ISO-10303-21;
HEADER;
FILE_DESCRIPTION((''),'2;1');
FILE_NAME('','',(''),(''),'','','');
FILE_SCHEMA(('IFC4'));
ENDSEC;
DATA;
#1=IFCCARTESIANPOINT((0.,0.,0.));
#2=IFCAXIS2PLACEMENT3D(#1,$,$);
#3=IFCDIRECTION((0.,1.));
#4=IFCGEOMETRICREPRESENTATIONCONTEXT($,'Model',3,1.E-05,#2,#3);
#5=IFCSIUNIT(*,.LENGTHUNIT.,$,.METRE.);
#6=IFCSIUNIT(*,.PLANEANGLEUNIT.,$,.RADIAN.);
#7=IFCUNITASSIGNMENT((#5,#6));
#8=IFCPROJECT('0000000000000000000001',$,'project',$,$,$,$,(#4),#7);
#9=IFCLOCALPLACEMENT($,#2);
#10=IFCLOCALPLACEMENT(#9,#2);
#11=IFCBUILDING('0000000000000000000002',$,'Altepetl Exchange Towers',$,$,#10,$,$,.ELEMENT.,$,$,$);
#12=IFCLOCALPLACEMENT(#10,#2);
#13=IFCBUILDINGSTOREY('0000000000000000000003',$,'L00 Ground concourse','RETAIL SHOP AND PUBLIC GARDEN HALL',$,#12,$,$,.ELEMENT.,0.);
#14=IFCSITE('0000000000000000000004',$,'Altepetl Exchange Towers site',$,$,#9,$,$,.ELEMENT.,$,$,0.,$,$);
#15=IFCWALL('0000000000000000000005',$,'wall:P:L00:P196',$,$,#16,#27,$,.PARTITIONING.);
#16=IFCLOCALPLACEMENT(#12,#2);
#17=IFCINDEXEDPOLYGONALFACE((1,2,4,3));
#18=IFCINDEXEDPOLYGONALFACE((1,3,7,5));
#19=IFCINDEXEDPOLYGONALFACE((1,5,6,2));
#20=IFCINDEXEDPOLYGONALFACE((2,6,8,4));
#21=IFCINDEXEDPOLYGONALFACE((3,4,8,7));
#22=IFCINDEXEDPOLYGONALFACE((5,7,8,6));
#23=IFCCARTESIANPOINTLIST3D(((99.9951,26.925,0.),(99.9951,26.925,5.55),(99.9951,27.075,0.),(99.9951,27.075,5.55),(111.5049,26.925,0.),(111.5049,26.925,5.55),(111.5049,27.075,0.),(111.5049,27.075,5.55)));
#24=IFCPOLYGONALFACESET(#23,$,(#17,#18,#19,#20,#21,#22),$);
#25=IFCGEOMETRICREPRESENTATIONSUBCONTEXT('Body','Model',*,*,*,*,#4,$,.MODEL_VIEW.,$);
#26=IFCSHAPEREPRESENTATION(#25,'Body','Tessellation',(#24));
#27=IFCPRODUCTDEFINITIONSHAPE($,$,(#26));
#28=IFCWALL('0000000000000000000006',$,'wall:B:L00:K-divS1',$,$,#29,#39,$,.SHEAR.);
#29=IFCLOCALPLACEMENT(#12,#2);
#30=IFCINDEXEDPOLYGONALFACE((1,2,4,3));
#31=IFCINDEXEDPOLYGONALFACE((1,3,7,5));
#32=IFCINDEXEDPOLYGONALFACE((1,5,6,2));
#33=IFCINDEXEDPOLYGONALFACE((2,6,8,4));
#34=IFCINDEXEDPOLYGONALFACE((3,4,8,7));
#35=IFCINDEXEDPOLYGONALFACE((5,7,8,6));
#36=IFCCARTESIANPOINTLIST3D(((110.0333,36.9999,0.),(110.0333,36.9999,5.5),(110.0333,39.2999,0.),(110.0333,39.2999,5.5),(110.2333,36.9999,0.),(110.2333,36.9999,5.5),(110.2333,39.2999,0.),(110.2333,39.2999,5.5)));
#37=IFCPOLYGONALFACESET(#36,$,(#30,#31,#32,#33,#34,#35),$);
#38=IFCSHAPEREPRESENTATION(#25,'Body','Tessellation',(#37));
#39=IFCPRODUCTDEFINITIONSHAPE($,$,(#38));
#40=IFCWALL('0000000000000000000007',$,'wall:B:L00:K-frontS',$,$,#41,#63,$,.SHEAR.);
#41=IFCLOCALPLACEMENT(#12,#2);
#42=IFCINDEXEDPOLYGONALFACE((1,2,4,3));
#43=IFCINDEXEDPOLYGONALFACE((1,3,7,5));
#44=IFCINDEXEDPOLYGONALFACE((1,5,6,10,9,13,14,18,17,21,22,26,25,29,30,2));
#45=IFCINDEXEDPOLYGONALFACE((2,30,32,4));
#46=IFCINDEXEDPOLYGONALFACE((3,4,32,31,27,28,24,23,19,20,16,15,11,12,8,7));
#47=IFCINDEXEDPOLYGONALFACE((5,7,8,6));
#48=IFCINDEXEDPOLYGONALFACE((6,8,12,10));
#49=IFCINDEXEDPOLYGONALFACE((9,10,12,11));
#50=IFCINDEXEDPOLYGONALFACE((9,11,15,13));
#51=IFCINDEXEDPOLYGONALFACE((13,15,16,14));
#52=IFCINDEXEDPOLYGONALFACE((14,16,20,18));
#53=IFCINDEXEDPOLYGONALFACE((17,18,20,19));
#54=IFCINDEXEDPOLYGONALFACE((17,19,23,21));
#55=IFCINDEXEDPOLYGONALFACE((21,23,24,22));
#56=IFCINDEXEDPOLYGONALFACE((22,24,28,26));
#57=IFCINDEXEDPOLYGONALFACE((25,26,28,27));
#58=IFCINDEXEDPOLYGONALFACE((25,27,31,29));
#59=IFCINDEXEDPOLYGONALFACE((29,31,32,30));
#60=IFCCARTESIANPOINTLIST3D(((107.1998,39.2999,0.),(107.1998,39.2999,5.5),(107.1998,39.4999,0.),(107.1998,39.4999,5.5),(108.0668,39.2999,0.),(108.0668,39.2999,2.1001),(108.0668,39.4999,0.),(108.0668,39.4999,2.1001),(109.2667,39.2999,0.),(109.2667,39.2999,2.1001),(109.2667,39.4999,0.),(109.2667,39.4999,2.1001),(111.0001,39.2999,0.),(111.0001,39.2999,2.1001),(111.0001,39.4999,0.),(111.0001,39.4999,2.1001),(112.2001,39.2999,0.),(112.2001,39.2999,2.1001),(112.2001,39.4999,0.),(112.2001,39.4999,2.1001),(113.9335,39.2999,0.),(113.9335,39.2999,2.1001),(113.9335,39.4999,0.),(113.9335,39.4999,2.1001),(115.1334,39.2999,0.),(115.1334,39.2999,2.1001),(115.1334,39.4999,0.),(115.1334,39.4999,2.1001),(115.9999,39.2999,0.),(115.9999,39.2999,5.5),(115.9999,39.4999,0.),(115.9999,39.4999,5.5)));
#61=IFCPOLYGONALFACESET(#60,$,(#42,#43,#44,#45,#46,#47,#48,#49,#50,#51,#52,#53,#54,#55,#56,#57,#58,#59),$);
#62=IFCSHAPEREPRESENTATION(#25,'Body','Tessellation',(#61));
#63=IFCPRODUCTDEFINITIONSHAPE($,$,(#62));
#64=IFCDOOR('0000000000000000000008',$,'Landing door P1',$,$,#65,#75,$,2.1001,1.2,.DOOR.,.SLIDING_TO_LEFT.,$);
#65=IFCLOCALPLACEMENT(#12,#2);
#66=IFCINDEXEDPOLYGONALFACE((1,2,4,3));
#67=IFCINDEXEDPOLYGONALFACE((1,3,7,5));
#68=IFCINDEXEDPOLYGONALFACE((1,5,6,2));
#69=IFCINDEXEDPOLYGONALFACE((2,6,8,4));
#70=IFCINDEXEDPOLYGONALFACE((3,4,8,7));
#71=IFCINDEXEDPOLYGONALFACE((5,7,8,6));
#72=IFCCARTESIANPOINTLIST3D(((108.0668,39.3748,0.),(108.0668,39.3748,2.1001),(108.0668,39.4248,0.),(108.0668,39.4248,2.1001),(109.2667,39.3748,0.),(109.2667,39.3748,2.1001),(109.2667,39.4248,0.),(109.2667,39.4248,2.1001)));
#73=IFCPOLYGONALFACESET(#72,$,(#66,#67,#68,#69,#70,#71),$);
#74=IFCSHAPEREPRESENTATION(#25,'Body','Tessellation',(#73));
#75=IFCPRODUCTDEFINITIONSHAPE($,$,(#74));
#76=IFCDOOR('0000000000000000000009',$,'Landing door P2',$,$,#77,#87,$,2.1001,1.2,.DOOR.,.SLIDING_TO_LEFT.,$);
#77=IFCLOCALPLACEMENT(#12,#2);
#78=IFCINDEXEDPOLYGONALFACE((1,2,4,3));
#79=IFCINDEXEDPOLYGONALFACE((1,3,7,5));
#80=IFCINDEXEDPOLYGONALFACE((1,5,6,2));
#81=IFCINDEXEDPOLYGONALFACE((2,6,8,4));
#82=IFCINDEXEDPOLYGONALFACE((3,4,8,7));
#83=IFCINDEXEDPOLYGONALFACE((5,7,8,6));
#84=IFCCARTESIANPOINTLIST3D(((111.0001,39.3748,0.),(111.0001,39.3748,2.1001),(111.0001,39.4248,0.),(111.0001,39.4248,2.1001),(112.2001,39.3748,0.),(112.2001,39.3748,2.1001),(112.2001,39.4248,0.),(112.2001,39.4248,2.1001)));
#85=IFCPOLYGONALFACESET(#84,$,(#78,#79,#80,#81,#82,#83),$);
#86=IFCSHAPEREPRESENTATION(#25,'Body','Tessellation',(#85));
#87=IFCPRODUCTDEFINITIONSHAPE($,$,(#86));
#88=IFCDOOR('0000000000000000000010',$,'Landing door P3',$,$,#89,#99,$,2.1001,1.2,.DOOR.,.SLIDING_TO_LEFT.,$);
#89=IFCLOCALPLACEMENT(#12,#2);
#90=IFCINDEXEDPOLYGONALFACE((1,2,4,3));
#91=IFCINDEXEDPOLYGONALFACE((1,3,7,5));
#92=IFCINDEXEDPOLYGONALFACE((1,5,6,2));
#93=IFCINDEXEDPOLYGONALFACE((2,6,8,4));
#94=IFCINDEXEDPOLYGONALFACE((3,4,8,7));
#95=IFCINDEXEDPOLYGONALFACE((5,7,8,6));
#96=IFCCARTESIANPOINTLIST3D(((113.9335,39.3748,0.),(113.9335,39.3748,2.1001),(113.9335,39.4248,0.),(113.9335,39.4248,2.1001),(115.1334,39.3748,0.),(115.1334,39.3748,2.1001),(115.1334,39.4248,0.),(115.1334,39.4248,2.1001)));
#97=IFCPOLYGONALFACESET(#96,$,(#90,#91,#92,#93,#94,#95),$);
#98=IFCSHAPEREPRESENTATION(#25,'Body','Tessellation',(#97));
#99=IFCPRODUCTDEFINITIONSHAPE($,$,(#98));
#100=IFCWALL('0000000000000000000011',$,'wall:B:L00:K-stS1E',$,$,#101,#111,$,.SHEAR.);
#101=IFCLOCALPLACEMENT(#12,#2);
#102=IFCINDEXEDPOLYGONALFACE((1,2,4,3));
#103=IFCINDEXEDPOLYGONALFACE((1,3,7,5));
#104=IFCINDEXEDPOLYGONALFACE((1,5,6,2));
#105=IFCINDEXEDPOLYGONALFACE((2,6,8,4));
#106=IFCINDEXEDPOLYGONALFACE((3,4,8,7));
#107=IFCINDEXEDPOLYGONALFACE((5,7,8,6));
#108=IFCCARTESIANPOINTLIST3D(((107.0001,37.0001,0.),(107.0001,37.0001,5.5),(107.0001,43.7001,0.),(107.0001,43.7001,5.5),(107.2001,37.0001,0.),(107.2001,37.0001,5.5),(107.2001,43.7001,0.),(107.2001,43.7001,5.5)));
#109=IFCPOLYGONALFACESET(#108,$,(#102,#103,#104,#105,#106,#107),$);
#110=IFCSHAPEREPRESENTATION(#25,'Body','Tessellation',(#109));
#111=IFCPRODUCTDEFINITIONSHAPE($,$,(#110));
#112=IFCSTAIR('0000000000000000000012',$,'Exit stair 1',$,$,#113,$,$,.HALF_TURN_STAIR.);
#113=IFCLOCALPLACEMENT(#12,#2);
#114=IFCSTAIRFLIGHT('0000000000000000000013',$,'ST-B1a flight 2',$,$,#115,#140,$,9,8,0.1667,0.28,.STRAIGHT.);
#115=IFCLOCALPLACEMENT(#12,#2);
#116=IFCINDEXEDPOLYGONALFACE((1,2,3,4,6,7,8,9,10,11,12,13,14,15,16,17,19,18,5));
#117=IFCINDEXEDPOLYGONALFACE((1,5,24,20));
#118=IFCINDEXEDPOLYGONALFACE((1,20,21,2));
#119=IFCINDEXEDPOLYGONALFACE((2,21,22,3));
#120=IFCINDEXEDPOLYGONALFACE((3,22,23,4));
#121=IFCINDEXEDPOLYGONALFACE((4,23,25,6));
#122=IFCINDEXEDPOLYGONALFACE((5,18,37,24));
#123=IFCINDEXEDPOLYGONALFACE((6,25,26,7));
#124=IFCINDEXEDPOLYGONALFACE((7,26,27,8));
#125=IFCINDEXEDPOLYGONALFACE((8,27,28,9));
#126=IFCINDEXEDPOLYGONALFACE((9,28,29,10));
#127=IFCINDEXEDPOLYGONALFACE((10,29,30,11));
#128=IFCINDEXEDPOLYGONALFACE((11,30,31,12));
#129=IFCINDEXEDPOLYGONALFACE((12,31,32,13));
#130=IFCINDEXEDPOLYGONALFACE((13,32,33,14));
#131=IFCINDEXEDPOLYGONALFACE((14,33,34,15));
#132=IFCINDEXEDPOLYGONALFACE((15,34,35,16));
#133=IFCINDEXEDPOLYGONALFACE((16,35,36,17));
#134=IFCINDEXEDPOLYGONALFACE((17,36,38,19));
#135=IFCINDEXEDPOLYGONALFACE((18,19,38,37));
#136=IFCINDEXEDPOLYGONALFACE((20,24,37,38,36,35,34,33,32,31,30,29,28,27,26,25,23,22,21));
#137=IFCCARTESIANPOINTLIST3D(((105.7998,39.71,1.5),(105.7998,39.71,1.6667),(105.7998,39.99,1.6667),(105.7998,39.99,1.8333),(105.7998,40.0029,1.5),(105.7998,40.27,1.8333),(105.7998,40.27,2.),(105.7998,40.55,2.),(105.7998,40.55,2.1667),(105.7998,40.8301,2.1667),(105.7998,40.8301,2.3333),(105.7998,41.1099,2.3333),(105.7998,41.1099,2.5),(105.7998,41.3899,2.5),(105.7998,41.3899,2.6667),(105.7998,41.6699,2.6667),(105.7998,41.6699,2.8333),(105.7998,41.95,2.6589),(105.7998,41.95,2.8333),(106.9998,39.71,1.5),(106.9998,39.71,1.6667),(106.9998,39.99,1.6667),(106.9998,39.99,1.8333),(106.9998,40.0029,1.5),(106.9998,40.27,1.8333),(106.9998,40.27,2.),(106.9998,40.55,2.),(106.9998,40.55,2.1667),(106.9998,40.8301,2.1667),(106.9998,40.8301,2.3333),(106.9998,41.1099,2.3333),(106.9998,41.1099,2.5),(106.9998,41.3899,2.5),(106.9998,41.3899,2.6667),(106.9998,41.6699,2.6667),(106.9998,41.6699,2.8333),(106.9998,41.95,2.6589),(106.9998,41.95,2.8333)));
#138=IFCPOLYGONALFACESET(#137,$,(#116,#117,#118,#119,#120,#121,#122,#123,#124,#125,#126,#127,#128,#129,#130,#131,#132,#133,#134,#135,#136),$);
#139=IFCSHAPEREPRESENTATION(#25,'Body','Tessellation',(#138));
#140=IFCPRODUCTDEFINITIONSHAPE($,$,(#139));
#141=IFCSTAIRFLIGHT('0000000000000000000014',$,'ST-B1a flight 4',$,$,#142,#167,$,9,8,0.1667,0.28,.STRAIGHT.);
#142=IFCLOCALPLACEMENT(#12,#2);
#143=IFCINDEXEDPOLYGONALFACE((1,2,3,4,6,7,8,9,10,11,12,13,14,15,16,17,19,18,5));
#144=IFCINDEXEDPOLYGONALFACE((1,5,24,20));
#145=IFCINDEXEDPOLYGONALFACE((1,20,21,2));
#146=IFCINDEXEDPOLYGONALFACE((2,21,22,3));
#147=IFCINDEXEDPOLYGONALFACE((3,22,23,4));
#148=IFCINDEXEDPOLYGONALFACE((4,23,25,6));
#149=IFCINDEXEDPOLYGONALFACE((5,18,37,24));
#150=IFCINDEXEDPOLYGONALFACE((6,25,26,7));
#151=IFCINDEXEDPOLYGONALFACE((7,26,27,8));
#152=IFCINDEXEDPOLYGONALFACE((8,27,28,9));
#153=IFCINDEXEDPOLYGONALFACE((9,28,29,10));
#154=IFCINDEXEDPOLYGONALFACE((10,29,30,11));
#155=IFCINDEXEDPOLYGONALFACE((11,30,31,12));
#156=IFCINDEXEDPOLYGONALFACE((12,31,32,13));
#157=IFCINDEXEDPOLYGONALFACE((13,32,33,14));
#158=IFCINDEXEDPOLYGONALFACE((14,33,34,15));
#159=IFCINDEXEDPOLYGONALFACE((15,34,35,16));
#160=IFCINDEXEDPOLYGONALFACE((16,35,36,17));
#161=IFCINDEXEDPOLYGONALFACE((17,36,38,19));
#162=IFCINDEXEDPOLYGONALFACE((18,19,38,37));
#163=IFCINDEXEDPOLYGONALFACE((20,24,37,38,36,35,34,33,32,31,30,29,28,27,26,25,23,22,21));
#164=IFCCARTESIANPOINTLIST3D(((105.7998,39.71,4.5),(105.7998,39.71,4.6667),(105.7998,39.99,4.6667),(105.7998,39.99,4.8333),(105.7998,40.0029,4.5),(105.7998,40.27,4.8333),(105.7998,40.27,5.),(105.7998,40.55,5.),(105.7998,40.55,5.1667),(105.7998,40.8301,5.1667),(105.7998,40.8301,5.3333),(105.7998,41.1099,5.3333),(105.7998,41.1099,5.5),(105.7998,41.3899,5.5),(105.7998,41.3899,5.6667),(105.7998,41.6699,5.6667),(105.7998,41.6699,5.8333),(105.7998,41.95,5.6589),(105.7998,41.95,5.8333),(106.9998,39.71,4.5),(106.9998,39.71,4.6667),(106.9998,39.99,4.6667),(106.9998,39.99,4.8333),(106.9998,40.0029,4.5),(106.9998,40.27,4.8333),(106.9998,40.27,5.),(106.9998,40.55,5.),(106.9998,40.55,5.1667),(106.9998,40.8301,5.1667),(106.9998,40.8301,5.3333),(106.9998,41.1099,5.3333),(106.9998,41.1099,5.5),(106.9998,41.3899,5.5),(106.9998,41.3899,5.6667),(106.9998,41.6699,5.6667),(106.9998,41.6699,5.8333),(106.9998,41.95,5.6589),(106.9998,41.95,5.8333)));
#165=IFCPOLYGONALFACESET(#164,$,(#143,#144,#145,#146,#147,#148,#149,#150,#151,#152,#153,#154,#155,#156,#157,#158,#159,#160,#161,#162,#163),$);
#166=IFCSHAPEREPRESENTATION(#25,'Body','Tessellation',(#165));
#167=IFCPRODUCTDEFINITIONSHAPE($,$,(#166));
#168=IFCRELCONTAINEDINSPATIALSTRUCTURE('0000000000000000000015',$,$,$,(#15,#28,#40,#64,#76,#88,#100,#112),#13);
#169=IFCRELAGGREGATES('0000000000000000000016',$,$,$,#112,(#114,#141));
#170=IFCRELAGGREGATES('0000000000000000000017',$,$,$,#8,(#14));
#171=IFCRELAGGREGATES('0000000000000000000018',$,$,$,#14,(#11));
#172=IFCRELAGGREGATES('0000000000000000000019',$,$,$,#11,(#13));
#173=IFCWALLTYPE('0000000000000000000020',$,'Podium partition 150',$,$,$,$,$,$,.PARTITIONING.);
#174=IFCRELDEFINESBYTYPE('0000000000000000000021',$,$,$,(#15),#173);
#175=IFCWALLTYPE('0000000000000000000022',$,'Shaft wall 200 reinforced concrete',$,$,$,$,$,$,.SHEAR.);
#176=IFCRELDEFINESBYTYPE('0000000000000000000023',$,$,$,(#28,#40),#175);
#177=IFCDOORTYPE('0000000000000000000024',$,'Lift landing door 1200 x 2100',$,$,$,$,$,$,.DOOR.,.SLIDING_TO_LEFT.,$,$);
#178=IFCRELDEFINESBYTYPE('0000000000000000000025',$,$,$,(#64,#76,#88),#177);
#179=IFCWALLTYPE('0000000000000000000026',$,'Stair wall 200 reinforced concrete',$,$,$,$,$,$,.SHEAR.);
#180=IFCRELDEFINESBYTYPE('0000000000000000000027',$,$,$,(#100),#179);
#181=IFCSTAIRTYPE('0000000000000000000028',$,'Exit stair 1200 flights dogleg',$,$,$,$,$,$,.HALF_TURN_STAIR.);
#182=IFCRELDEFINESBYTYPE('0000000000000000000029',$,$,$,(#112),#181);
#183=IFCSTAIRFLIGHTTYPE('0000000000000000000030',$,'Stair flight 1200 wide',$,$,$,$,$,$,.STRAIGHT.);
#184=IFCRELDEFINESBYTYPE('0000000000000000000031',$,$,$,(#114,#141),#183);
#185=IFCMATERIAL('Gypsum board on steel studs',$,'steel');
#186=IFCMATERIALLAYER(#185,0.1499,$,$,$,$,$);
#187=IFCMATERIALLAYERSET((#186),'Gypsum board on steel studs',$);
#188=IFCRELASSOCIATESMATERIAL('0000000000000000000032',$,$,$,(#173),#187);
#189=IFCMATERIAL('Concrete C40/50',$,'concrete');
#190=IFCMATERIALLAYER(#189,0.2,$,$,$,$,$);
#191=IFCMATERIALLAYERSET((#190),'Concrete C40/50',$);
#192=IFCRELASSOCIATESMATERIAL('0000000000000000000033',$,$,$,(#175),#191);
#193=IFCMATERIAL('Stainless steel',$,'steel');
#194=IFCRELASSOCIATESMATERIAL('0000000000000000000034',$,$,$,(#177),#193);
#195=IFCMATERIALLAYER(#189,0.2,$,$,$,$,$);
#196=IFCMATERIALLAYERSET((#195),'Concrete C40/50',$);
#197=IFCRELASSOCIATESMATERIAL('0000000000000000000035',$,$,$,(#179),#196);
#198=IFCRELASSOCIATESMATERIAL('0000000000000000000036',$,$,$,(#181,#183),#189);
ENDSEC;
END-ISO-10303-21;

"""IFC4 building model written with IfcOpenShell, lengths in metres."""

from ifc_helpers import new_model, si_unit, direction, frame, frame_2d, origin, place, context, subcontext, project, spatial, polyline, rectangle, outline, extrude, material, layer, layer_set, type_object, element, fill, aggregate, save


model = new_model("IFC4")

# Units and contexts
model_context = context("Model", 3, precision=1e-05, world=origin(), true_north=direction((0.0, 1.0)))
body_context = subcontext(model_context, "Body", "Model", "MODEL_VIEW")
ifc_project = project(units=[si_unit("LENGTHUNIT", "METRE"), si_unit("PLANEANGLEUNIT", "RADIAN")], contexts=[model_context])

# Site, building, storey
site_placement = place(None, origin())
site = spatial("IfcSite", under=ifc_project, at=site_placement, Name="Altepetl Exchange Towers site", CompositionType="ELEMENT", RefElevation=0.0)
building_placement = place(site_placement, origin())
building = spatial("IfcBuilding", under=site, at=building_placement, Name="Altepetl Exchange Towers", CompositionType="ELEMENT")
storey_placement = place(building_placement, origin())
storey = spatial("IfcBuildingStorey", under=building, at=storey_placement, Name="L00 Ground concourse", Description="RETAIL SHOP AND PUBLIC GARDEN HALL", CompositionType="ELEMENT", Elevation=0.0)

# Walls
ifc_material_1 = material(Name="Gypsum board on steel studs", Category="steel")
ifc_layer_1 = layer(ifc_material_1, 0.1499)
ifc_layer_set_1 = layer_set([ifc_layer_1], Name="Gypsum board on steel studs")
wall_type_1 = type_object("IfcWallType", Name="Podium partition 150", PredefinedType="PARTITIONING", material=ifc_layer_set_1)
wall_1_placement = place(storey_placement, frame((99.9951, 27.0, 0.0)))
element("IfcWall", 1, at=wall_1_placement, inside=storey, type_object=wall_type_1, Name="wall:P:L00:P196", PredefinedType="PARTITIONING", context=body_context, shape_type="SweptSolid", body=[
    extrude(rectangle(XDim=11.5098, YDim=0.1499, at=frame_2d((5.7549, 0.0))), origin(), (0.0, 0.0, 1.0), 5.55),
])
ifc_material_2 = material(Name="Concrete C40/50", Category="concrete")
ifc_layer_2 = layer(ifc_material_2, 0.2)
ifc_layer_set_2 = layer_set([ifc_layer_2], Name="Concrete C40/50")
wall_type_2 = type_object("IfcWallType", Name="Shaft wall 200 reinforced concrete", PredefinedType="SHEAR", material=ifc_layer_set_2)
wall_2_placement = place(storey_placement, frame((110.1333, 37.0, 0.0), z_axis=(0.0, 0.0, 1.0), x_axis=(0.0, 1.0, 0.0)))
element("IfcWall", 2, at=wall_2_placement, inside=storey, type_object=wall_type_2, Name="wall:B:L00:K-divS1", PredefinedType="SHEAR", context=body_context, shape_type="SweptSolid", body=[
    extrude(rectangle(XDim=2.3, YDim=0.2, at=frame_2d((1.1499, 0.0))), origin(), (0.0, 0.0, 1.0), 5.5),
])

# Wall, openings, doors
wall_3_placement = place(storey_placement, frame((107.2, 39.3999, 0.0)))
wall_3 = element("IfcWall", 3, at=wall_3_placement, inside=storey, type_object=wall_type_2, Name="wall:B:L00:K-frontS", PredefinedType="SHEAR", context=body_context, shape_type="SweptSolid", body=[
    extrude(rectangle(XDim=8.8, YDim=0.2, at=frame_2d((4.3999, 0.0))), origin(), (0.0, 0.0, 1.0), 5.5),
])
opening_1_placement = place(wall_3_placement, frame((0.8667, 0.0, 0.0)))
opening_1 = element("IfcOpeningElement", 4, at=opening_1_placement, cuts=wall_3, PredefinedType="OPENING", context=body_context, shape_type="SweptSolid", body=[
    extrude(rectangle(XDim=1.2, YDim=2.1001, at=frame_2d((0.6001, 1.05))), frame((0.0, 0.1099, 0.0), z_axis=(0.0, -1.0, 0.0), x_axis=(1.0, 0.0, 0.0)), (0.0, 0.0, 1.0), 0.22),
])
opening_2_placement = place(wall_3_placement, frame((3.8, 0.0, 0.0)))
opening_2 = element("IfcOpeningElement", 5, at=opening_2_placement, cuts=wall_3, PredefinedType="OPENING", context=body_context, shape_type="SweptSolid", body=[
    extrude(rectangle(XDim=1.2, YDim=2.1001, at=frame_2d((0.6001, 1.05))), frame((0.0, 0.1099, 0.0), z_axis=(0.0, -1.0, 0.0), x_axis=(1.0, 0.0, 0.0)), (0.0, 0.0, 1.0), 0.22),
])
opening_3_placement = place(wall_3_placement, frame((6.7334, 0.0, 0.0)))
opening_3 = element("IfcOpeningElement", 6, at=opening_3_placement, cuts=wall_3, PredefinedType="OPENING", context=body_context, shape_type="SweptSolid", body=[
    extrude(rectangle(XDim=1.2, YDim=2.1001, at=frame_2d((0.6001, 1.05))), frame((0.0, 0.1099, 0.0), z_axis=(0.0, -1.0, 0.0), x_axis=(1.0, 0.0, 0.0)), (0.0, 0.0, 1.0), 0.22),
])
ifc_material_3 = material(Name="Stainless steel", Category="steel")
door_type_1 = type_object("IfcDoorType", Name="Lift landing door 1200 x 2100", OperationType="SLIDING_TO_LEFT", PredefinedType="DOOR", material=ifc_material_3)
door_1_placement = place(opening_1_placement, origin())
door_1 = element("IfcDoor", 7, at=door_1_placement, inside=storey, type_object=door_type_1, Name="Landing door P1", OperationType="SLIDING_TO_LEFT", OverallHeight=2.1001, OverallWidth=1.2, PredefinedType="DOOR", context=body_context, shape_type="SweptSolid", body=[
    extrude(rectangle(XDim=1.2, YDim=2.1001, at=frame_2d((0.6001, 1.05))), frame((0.0, 0.0249, 0.0), z_axis=(0.0, -1.0, 0.0), x_axis=(1.0, 0.0, 0.0)), (0.0, 0.0, 1.0), 0.05),
])
fill(opening_1, door_1)
door_2_placement = place(opening_2_placement, origin())
door_2 = element("IfcDoor", 8, at=door_2_placement, inside=storey, type_object=door_type_1, Name="Landing door P2", OperationType="SLIDING_TO_LEFT", OverallHeight=2.1001, OverallWidth=1.2, PredefinedType="DOOR", context=body_context, shape_type="SweptSolid", body=[
    extrude(rectangle(XDim=1.2, YDim=2.1001, at=frame_2d((0.6001, 1.05))), frame((0.0, 0.0249, 0.0), z_axis=(0.0, -1.0, 0.0), x_axis=(1.0, 0.0, 0.0)), (0.0, 0.0, 1.0), 0.05),
])
fill(opening_2, door_2)
door_3_placement = place(opening_3_placement, origin())
door_3 = element("IfcDoor", 9, at=door_3_placement, inside=storey, type_object=door_type_1, Name="Landing door P3", OperationType="SLIDING_TO_LEFT", OverallHeight=2.1001, OverallWidth=1.2, PredefinedType="DOOR", context=body_context, shape_type="SweptSolid", body=[
    extrude(rectangle(XDim=1.2, YDim=2.1001, at=frame_2d((0.6001, 1.05))), frame((0.0, 0.0249, 0.0), z_axis=(0.0, -1.0, 0.0), x_axis=(1.0, 0.0, 0.0)), (0.0, 0.0, 1.0), 0.05),
])
fill(opening_3, door_3)

# Wall
ifc_layer_3 = layer(ifc_material_2, 0.2)
ifc_layer_set_3 = layer_set([ifc_layer_3], Name="Concrete C40/50")
wall_type_3 = type_object("IfcWallType", Name="Stair wall 200 reinforced concrete", PredefinedType="SHEAR", material=ifc_layer_set_3)
wall_4_placement = place(storey_placement, frame((107.1001, 37.0, 0.0), z_axis=(0.0, 0.0, 1.0), x_axis=(0.0, 1.0, 0.0)))
element("IfcWall", 10, at=wall_4_placement, inside=storey, type_object=wall_type_3, Name="wall:B:L00:K-stS1E", PredefinedType="SHEAR", context=body_context, shape_type="SweptSolid", body=[
    extrude(rectangle(XDim=6.7, YDim=0.2, at=frame_2d((3.3501, 0.0))), origin(), (0.0, 0.0, 1.0), 5.5),
])

# Stair, stair flights
stair_type = type_object("IfcStairType", Name="Exit stair 1200 flights dogleg", PredefinedType="HALF_TURN_STAIR", material=ifc_material_2)
stair_placement = place(storey_placement, origin())
stair = element("IfcStair", 11, at=stair_placement, inside=storey, type_object=stair_type, Name="Exit stair 1", PredefinedType="HALF_TURN_STAIR")
stair_flight_type = type_object("IfcStairFlightType", Name="Stair flight 1200 wide", PredefinedType="STRAIGHT", material=ifc_material_2)
stair_flight_1_placement = place(storey_placement, frame((106.3999, 39.71, 1.5), z_axis=(0.0, 0.0, 1.0), x_axis=(0.0, 1.0, 0.0)))
stair_flight_1 = element("IfcStairFlight", 12, at=stair_flight_1_placement, type_object=stair_flight_type, Name="ST-B1a flight 2", NumberOfRisers=9, NumberOfTreads=8, PredefinedType="STRAIGHT", RiserHeight=0.1667, TreadLength=0.28, context=body_context, shape_type="SweptSolid", body=[
    extrude(outline(polyline([(0.0, 0.0), (0.0, 0.1667), (0.28, 0.1667), (0.28, 0.3333), (0.5601, 0.3333), (0.5601, 0.5), (0.8401, 0.5), (0.8401, 0.6667), (1.1201, 0.6667), (1.1201, 0.8333), (1.3999, 0.8333), (1.3999, 1.0), (1.6799, 1.0), (1.6799, 1.1667), (1.96, 1.1667), (1.96, 1.3333), (2.24, 1.3333), (2.24, 1.5), (2.24, 1.1589), (0.293, 0.0), (0.0, 0.0)])), frame((0.0, 0.6001, 0.0), z_axis=(0.0, -1.0, 0.0), x_axis=(1.0, 0.0, 0.0)), (0.0, 0.0, 1.0), 1.2),
])
stair_flight_2_placement = place(storey_placement, frame((106.3999, 39.71, 4.5), z_axis=(0.0, 0.0, 1.0), x_axis=(0.0, 1.0, 0.0)))
stair_flight_2 = element("IfcStairFlight", 13, at=stair_flight_2_placement, type_object=stair_flight_type, Name="ST-B1a flight 4", NumberOfRisers=9, NumberOfTreads=8, PredefinedType="STRAIGHT", RiserHeight=0.1667, TreadLength=0.28, context=body_context, shape_type="SweptSolid", body=[
    extrude(outline(polyline([(0.0, 0.0), (0.0, 0.1667), (0.28, 0.1667), (0.28, 0.3333), (0.5601, 0.3333), (0.5601, 0.5), (0.8401, 0.5), (0.8401, 0.6667), (1.1201, 0.6667), (1.1201, 0.8333), (1.3999, 0.8333), (1.3999, 1.0), (1.6799, 1.0), (1.6799, 1.1667), (1.96, 1.1667), (1.96, 1.3333), (2.24, 1.3333), (2.24, 1.5), (2.24, 1.1589), (0.293, 0.0), (0.0, 0.0)])), frame((0.0, 0.6001, 0.0), z_axis=(0.0, -1.0, 0.0), x_axis=(1.0, 0.0, 0.0)), (0.0, 0.0, 1.0), 1.2),
])
aggregate(stair, [stair_flight_1, stair_flight_2])

save(model, "model.ifc")
